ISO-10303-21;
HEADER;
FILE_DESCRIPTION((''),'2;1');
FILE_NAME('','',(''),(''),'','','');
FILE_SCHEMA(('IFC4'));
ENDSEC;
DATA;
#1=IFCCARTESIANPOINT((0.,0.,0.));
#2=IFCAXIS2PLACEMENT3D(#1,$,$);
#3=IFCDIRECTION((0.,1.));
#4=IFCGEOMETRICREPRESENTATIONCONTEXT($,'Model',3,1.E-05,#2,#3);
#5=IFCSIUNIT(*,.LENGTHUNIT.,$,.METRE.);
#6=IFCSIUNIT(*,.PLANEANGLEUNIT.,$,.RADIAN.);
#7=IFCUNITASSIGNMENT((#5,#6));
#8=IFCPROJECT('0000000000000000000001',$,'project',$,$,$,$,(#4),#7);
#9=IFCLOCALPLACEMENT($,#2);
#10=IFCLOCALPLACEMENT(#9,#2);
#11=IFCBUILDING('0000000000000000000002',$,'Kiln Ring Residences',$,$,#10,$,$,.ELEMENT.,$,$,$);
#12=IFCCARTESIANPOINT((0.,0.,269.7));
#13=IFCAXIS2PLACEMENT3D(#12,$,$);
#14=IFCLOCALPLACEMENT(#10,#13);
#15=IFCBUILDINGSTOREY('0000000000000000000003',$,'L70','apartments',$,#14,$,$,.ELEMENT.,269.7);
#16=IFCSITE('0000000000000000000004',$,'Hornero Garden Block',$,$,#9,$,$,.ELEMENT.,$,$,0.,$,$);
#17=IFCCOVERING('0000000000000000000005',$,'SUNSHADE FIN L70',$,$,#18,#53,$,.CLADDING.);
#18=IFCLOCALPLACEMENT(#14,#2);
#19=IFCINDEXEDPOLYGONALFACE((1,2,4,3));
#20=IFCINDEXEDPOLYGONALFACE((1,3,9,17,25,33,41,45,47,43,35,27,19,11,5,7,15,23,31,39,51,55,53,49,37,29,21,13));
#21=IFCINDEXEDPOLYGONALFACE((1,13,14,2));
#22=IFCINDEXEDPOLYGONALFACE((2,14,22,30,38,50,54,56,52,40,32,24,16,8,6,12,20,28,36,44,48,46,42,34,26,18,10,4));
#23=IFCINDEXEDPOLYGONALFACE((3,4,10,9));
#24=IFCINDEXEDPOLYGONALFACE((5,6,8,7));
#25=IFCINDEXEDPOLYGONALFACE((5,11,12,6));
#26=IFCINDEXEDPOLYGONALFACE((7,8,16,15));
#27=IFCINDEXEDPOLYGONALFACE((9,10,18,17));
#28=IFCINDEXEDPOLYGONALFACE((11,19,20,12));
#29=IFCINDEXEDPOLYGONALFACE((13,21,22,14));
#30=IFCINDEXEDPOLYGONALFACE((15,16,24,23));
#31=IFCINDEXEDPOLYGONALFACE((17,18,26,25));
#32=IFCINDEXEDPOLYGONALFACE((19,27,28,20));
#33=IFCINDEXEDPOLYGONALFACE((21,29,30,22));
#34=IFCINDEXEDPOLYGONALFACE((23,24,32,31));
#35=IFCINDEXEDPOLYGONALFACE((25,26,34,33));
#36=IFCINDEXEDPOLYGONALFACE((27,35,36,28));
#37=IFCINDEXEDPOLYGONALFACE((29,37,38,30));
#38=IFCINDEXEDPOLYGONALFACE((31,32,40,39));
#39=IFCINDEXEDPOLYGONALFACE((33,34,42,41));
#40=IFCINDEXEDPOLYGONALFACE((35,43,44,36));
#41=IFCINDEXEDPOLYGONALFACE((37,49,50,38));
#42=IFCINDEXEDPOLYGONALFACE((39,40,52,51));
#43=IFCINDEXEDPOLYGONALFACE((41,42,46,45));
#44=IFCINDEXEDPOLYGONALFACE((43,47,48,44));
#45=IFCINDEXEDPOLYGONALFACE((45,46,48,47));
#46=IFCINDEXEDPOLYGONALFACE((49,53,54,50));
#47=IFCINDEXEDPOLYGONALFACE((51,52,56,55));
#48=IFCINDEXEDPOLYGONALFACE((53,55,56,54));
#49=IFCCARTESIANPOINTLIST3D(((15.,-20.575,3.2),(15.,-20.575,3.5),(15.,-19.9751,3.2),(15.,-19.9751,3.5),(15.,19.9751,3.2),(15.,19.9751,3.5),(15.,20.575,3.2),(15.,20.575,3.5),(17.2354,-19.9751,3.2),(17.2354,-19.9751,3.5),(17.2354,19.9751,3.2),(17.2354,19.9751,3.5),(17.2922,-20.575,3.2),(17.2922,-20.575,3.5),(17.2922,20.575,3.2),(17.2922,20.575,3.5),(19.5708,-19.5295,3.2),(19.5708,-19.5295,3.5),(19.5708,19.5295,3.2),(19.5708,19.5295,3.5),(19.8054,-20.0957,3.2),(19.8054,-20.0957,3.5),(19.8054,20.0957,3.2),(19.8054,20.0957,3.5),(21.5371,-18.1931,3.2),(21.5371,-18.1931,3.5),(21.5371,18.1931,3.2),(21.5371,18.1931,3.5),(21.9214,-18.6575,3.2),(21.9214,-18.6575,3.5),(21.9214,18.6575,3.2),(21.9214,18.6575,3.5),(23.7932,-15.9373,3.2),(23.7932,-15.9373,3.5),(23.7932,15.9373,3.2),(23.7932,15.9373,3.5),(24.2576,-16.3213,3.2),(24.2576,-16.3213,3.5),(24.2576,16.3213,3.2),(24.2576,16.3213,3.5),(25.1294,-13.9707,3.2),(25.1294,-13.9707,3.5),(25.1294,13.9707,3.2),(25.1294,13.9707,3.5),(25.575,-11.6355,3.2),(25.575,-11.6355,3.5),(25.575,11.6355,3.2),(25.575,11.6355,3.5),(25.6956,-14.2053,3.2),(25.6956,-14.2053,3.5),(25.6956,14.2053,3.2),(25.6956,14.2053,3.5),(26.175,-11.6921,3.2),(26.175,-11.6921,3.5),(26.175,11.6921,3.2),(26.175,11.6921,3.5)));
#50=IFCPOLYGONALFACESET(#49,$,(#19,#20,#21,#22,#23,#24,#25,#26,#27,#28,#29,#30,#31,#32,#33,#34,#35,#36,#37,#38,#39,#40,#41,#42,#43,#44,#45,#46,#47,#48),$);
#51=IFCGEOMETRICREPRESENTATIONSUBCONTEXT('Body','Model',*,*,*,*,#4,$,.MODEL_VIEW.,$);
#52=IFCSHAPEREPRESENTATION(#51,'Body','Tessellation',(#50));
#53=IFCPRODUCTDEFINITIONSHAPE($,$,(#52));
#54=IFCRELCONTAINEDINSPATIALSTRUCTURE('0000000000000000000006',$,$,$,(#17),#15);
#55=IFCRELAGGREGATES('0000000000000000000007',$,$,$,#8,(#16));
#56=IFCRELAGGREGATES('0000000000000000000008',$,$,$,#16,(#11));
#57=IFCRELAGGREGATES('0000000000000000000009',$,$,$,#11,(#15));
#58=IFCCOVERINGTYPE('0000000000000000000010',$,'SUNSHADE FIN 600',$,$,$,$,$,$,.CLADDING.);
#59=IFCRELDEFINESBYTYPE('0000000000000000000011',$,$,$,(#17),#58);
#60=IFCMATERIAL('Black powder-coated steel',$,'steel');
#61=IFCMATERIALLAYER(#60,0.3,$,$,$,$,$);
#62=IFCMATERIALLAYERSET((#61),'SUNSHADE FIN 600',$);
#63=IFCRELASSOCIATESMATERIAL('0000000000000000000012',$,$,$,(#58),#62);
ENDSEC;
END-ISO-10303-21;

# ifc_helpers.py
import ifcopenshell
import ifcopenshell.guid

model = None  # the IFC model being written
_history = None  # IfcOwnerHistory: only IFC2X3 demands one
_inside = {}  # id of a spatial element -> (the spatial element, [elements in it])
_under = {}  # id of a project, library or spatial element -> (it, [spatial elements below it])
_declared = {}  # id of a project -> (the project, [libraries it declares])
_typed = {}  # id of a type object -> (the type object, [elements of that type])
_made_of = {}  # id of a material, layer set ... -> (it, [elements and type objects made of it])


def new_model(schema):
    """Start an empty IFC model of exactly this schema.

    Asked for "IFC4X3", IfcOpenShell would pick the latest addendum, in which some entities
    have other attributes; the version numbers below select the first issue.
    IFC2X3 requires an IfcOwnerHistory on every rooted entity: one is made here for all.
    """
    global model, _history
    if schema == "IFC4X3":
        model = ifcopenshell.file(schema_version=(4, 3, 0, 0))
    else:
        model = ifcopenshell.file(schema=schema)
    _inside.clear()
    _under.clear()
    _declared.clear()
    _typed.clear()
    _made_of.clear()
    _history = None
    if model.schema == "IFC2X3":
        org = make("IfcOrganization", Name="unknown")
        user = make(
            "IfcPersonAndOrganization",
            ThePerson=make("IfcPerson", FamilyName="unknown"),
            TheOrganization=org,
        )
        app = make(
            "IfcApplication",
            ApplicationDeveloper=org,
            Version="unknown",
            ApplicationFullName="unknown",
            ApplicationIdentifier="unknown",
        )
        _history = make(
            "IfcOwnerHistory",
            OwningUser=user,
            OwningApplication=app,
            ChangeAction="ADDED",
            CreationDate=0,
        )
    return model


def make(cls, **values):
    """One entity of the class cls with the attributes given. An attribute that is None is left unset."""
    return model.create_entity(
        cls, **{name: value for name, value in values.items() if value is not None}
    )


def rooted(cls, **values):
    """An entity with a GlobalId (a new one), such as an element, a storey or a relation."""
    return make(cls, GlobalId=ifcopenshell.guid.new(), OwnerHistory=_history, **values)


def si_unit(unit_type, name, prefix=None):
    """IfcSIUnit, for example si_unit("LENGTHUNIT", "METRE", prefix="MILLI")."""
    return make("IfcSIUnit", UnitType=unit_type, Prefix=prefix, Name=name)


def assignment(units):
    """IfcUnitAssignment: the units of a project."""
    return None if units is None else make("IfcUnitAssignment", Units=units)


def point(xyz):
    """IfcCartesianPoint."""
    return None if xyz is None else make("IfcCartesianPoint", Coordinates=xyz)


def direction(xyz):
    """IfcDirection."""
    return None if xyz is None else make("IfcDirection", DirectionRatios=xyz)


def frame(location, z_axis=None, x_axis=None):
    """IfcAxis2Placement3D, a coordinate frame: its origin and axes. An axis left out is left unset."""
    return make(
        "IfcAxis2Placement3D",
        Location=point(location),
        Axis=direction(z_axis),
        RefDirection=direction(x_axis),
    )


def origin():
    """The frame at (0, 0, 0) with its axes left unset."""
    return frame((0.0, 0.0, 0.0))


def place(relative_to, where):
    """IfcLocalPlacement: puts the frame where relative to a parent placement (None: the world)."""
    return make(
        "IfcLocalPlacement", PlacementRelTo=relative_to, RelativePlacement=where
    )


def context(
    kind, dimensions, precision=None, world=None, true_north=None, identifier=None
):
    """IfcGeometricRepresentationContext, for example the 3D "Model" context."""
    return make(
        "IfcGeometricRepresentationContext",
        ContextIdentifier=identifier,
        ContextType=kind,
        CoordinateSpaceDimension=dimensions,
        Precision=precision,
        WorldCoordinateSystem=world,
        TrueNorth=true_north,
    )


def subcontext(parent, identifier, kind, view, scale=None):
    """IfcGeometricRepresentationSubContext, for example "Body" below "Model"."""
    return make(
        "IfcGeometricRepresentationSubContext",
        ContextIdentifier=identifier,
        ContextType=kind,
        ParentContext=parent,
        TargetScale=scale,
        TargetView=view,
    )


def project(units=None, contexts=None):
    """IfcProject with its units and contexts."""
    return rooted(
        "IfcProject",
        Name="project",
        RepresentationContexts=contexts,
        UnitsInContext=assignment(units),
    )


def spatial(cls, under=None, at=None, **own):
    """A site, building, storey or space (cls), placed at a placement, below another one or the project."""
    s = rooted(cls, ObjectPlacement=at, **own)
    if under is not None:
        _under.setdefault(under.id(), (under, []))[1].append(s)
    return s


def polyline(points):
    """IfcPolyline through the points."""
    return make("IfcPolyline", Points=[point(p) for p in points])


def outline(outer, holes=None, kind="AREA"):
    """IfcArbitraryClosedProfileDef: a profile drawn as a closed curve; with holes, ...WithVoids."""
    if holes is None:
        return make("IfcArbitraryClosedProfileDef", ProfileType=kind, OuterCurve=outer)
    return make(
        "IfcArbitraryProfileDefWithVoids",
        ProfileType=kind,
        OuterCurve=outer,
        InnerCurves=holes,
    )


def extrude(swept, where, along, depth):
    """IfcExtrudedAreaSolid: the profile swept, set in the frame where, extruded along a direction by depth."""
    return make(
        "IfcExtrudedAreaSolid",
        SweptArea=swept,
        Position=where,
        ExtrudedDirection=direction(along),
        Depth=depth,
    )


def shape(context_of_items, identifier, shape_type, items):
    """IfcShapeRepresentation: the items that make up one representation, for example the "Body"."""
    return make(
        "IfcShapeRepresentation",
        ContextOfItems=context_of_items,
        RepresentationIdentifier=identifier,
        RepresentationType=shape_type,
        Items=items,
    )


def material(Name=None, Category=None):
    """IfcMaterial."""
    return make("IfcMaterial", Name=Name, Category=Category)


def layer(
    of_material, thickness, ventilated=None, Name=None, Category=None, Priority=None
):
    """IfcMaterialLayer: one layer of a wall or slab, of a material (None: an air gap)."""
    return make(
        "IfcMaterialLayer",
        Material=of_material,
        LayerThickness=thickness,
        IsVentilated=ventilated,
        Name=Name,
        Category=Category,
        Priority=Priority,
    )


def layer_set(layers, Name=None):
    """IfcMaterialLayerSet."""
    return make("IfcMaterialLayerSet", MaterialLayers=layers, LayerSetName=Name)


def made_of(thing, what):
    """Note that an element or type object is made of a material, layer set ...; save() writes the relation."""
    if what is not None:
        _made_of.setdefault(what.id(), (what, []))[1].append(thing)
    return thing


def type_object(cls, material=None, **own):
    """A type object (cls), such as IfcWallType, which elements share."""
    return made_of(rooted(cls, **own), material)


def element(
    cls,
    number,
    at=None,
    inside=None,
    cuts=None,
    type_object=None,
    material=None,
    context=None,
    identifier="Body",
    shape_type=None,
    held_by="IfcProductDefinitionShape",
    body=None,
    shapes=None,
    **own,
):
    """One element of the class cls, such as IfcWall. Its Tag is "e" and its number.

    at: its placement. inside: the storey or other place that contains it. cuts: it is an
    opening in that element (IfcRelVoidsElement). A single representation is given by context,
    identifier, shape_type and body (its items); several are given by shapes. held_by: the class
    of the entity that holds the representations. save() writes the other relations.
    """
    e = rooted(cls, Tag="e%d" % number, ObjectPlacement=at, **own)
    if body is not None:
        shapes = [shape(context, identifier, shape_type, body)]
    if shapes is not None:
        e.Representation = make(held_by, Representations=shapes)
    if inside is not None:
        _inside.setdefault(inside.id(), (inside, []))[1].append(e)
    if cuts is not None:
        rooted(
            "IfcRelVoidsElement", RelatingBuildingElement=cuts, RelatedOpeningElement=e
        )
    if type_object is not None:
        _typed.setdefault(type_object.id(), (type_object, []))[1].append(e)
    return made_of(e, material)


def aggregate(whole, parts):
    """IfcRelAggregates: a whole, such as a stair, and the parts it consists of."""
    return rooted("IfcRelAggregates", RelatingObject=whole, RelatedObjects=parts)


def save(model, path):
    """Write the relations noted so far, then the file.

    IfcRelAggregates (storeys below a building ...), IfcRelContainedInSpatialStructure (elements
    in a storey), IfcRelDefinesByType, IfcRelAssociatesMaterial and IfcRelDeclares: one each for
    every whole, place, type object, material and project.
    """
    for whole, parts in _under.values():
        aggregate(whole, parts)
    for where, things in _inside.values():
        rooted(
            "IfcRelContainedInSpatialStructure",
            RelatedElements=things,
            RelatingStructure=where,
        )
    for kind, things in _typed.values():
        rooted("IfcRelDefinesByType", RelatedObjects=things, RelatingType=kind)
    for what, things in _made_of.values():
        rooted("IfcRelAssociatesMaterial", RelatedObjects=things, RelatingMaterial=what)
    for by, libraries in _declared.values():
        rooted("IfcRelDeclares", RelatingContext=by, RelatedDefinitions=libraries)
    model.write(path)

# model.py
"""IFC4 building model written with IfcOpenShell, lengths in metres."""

from ifc_helpers import new_model, si_unit, direction, frame, origin, place, context, subcontext, project, spatial, polyline, outline, extrude, material, layer, layer_set, type_object, element, save


model = new_model("IFC4")

# Units and contexts
model_context = context("Model", 3, precision=1e-05, world=origin(), true_north=direction((0.0, 1.0)))
body_context = subcontext(model_context, "Body", "Model", "MODEL_VIEW")
ifc_project = project(units=[si_unit("LENGTHUNIT", "METRE"), si_unit("PLANEANGLEUNIT", "RADIAN")], contexts=[model_context])

# Site, building, storey
site_placement = place(None, origin())
site = spatial("IfcSite", under=ifc_project, at=site_placement, Name="Hornero Garden Block", CompositionType="ELEMENT", RefElevation=0.0)
building_placement = place(site_placement, origin())
building = spatial("IfcBuilding", under=site, at=building_placement, Name="Kiln Ring Residences", CompositionType="ELEMENT")
storey_placement = place(building_placement, frame((0.0, 0.0, 269.7)))
storey = spatial("IfcBuildingStorey", under=building, at=storey_placement, Name="L70", Description="apartments", CompositionType="ELEMENT", Elevation=269.7)

# Covering
ifc_material_1 = material(Name="Black powder-coated steel", Category="steel")
ifc_layer_1 = layer(ifc_material_1, 0.3)
ifc_layer_set_1 = layer_set([ifc_layer_1], Name="SUNSHADE FIN 600")
covering_type = type_object("IfcCoveringType", Name="SUNSHADE FIN 600", PredefinedType="CLADDING", material=ifc_layer_set_1)
placement = place(storey_placement, frame((0.0, 0.0, 3.2)))
element("IfcCovering", 1, at=placement, inside=storey, type_object=covering_type, Name="SUNSHADE FIN L70", PredefinedType="CLADDING", context=body_context, shape_type="SweptSolid", body=[
    extrude(outline(polyline([(17.2922, 20.575), (15.0, 20.575), (15.0, 19.9751), (17.2354, 19.9751), (19.5708, 19.5295), (21.5371, 18.1931), (23.7932, 15.9373), (25.1294, 13.9707), (25.575, 11.6355), (25.575, -11.6355), (25.1294, -13.9707), (23.7932, -15.9373), (21.5371, -18.1931), (19.5708, -19.5295), (17.2354, -19.9751), (15.0, -19.9751), (15.0, -20.575), (17.2922, -20.575), (19.8054, -20.0957), (21.9214, -18.6575), (24.2576, -16.3213), (25.6956, -14.2053), (26.175, -11.6921), (26.175, 11.6921), (25.6956, 14.2053), (24.2576, 16.3213), (21.9214, 18.6575), (19.8054, 20.0957), (17.2922, 20.575)])), origin(), (0.0, 0.0, 1.0), 0.3),
])

save(model, "model.ifc")
